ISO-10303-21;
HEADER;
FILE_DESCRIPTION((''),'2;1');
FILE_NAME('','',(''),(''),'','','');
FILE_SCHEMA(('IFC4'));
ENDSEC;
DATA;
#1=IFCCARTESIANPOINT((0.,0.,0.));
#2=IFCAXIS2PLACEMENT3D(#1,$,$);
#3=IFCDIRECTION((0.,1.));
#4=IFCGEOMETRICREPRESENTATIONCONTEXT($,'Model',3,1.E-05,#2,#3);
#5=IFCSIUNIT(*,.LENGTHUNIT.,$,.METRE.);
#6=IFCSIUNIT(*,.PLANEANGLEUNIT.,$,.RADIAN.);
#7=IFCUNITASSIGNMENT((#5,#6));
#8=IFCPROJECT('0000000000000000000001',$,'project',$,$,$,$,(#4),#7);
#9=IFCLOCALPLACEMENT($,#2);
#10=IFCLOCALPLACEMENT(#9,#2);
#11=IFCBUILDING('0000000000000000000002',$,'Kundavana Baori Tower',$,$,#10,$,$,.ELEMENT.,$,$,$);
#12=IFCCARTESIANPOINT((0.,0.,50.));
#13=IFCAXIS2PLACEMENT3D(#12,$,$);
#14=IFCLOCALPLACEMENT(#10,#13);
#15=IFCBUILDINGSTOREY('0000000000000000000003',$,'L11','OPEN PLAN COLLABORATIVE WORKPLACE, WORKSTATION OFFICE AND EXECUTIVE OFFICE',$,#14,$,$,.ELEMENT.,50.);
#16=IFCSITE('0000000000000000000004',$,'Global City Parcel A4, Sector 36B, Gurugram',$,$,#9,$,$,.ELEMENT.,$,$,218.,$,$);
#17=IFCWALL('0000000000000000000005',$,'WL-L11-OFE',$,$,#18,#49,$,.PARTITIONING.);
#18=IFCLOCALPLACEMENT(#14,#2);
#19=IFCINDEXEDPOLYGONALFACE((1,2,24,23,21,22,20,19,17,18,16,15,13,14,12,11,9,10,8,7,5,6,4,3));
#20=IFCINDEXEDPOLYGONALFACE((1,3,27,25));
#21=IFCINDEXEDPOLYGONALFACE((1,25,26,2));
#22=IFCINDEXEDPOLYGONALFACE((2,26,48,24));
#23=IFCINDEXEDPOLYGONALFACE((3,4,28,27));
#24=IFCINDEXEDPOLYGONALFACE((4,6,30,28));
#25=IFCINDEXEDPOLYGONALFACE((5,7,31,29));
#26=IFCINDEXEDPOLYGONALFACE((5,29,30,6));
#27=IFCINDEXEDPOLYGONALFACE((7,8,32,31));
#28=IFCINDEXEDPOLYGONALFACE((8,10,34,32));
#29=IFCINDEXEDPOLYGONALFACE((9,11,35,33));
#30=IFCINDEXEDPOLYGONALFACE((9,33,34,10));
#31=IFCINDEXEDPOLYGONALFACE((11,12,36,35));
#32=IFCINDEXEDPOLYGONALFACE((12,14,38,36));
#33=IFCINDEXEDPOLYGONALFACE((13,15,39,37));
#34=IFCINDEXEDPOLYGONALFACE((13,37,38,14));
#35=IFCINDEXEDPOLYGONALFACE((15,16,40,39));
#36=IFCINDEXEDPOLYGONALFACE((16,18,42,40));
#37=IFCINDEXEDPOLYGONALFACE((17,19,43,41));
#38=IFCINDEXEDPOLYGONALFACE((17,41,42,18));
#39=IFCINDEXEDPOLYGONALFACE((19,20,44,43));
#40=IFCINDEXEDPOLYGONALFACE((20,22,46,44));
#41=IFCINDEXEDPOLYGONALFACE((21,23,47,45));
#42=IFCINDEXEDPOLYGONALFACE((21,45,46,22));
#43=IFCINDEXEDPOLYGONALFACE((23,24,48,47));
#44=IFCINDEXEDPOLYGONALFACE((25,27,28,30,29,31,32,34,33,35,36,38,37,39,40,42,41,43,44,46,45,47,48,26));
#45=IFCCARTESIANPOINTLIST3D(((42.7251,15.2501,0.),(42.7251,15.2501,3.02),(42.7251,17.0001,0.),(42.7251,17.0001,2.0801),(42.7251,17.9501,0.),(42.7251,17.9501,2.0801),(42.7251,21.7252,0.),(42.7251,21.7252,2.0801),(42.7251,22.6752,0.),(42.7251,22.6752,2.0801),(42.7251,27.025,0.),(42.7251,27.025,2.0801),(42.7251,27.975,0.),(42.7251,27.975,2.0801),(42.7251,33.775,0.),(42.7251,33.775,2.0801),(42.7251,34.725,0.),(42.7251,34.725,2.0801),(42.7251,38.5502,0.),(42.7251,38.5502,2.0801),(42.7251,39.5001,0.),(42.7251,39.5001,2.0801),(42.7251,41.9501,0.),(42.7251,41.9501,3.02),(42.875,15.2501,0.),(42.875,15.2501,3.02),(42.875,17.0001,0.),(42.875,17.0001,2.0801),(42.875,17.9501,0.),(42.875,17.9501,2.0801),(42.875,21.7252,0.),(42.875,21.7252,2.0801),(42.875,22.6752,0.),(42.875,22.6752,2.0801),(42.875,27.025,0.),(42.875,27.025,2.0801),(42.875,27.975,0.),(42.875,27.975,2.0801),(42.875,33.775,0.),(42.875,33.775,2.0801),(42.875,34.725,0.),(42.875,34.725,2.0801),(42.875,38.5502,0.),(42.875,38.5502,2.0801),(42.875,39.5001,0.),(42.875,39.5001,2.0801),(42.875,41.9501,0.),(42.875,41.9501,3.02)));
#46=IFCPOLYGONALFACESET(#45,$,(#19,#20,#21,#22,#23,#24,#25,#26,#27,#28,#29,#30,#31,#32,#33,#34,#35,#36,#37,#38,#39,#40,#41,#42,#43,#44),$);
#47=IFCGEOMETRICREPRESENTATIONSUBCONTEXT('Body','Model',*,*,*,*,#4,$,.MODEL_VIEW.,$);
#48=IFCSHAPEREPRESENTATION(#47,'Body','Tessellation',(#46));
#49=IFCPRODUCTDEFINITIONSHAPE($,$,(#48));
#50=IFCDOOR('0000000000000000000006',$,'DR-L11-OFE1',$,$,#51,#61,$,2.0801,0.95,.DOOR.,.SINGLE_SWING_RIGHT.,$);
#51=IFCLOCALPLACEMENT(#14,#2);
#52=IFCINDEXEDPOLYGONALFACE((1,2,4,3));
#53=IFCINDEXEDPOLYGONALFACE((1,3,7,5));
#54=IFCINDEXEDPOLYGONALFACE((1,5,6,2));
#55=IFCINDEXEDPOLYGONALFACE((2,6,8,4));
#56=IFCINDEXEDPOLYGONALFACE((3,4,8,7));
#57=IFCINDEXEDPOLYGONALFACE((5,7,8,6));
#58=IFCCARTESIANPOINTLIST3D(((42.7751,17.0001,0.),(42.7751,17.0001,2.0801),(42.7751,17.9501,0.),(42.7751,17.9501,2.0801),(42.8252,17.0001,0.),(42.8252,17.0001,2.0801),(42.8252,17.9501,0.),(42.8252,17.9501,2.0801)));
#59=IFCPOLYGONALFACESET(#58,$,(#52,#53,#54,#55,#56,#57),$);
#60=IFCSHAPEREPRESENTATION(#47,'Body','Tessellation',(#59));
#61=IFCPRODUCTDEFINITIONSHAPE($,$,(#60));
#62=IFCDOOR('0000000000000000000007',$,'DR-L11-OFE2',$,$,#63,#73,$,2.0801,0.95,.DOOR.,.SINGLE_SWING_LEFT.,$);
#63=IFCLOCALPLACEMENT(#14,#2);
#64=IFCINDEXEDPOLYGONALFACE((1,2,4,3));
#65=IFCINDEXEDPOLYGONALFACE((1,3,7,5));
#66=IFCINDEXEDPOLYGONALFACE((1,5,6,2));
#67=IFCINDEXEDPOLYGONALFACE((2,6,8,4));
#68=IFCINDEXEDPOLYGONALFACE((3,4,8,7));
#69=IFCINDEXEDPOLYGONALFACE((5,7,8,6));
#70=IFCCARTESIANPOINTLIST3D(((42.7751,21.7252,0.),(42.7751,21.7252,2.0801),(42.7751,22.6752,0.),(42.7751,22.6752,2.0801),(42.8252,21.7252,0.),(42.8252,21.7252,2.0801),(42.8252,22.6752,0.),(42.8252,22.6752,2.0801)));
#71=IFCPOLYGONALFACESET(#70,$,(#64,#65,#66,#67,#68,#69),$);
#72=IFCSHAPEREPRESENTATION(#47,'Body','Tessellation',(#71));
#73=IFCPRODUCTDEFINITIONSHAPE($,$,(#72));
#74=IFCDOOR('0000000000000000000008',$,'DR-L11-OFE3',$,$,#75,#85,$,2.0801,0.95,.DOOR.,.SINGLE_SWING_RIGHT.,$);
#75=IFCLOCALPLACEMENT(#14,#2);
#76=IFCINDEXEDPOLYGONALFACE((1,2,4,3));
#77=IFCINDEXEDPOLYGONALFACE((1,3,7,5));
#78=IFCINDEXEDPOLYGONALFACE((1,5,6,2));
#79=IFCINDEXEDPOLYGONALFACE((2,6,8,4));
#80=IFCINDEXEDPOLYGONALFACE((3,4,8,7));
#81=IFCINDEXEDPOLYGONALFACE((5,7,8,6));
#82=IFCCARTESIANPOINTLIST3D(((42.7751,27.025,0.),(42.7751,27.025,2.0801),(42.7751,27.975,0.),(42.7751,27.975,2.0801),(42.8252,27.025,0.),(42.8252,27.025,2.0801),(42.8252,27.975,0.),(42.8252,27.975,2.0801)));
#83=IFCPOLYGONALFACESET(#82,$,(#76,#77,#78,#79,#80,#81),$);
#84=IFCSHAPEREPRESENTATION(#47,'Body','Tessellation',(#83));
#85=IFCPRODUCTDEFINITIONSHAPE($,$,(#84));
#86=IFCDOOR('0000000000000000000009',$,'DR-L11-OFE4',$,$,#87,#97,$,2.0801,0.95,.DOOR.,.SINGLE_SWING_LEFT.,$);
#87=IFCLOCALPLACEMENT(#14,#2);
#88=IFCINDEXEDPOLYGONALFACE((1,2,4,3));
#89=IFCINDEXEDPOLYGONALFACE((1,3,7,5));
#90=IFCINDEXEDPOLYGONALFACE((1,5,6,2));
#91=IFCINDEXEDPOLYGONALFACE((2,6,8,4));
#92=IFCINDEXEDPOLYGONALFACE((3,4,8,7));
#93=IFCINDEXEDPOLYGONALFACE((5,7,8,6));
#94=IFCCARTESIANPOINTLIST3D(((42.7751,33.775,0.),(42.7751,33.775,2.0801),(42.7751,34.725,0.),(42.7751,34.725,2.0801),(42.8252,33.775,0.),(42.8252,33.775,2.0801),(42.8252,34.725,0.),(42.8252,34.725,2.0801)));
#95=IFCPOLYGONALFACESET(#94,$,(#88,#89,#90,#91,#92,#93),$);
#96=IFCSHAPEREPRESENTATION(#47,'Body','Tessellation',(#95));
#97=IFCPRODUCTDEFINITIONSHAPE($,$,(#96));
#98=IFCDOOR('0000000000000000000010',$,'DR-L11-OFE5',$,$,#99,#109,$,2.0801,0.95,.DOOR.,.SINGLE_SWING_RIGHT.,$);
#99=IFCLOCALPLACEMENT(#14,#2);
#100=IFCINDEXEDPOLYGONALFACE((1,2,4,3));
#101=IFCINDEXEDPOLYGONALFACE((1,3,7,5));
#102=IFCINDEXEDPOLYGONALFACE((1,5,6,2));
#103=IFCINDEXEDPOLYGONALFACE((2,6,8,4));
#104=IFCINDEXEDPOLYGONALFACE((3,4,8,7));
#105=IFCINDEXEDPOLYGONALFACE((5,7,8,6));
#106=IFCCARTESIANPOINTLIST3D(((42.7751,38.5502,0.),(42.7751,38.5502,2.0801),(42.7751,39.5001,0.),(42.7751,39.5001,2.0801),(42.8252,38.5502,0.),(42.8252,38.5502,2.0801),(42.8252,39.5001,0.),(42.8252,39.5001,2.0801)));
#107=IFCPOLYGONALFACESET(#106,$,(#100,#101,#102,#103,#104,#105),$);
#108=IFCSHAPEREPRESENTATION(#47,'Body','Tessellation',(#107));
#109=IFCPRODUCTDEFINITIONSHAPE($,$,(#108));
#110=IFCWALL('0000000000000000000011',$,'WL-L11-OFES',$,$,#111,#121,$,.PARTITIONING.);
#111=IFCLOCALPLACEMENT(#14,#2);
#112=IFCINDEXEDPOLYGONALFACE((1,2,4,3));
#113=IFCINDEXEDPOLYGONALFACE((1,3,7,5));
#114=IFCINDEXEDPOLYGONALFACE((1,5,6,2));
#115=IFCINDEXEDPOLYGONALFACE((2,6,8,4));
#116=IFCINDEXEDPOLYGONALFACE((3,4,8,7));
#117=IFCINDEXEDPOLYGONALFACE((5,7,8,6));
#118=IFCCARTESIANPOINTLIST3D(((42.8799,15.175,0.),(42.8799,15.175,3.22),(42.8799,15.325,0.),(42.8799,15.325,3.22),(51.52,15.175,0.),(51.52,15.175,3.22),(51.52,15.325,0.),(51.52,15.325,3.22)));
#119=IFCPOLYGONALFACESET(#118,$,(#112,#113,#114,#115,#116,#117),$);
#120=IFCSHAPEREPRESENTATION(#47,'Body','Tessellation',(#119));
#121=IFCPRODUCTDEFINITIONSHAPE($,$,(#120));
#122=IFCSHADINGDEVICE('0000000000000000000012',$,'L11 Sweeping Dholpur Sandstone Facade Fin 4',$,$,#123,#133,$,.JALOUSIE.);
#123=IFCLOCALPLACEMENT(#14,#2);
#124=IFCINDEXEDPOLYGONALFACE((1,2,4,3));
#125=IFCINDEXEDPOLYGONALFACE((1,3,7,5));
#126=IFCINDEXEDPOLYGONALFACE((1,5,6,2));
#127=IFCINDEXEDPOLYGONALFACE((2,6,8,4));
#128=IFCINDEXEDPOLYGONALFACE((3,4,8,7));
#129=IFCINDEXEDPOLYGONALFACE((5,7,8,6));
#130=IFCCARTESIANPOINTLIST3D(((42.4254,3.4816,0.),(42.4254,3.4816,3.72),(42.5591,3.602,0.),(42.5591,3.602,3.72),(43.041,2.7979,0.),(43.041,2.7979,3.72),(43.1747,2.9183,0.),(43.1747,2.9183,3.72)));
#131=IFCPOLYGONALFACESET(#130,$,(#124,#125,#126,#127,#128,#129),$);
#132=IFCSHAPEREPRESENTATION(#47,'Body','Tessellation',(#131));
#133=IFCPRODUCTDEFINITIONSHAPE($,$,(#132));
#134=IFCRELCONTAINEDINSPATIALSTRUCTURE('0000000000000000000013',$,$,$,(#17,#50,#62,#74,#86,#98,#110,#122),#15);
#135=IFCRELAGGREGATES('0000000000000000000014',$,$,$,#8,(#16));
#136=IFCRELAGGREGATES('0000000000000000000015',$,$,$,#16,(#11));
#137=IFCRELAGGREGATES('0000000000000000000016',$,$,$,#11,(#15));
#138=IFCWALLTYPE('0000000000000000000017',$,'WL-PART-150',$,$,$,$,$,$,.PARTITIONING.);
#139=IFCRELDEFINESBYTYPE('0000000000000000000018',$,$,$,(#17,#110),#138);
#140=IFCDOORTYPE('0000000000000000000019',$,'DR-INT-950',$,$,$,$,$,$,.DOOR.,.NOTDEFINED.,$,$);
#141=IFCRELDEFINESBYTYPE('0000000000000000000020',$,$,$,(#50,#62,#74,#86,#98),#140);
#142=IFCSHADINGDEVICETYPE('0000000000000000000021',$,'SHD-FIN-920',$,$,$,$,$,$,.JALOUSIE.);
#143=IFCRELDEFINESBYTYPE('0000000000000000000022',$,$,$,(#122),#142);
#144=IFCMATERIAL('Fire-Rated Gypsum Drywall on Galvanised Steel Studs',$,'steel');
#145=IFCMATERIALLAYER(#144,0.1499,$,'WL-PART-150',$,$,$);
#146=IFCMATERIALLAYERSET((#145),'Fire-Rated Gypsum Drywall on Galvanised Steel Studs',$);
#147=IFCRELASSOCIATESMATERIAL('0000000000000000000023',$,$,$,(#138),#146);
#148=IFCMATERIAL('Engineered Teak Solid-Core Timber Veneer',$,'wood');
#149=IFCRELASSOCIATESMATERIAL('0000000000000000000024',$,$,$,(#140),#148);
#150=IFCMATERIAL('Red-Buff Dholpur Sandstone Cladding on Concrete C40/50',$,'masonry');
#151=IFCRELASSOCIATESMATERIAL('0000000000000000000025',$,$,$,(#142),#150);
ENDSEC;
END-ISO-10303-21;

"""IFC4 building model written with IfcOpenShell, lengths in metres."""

from ifc_helpers import new_model, si_unit, direction, frame, frame_2d, origin, origin_2d, place, context, subcontext, project, spatial, rectangle, extrude, material, layer, layer_set, type_object, element, fill, save


model = new_model("IFC4")

# Units and contexts
model_context = context("Model", 3, precision=1e-05, world=origin(), true_north=direction((0.0, 1.0)))
body_context = subcontext(model_context, "Body", "Model", "MODEL_VIEW")
ifc_project = project(units=[si_unit("LENGTHUNIT", "METRE"), si_unit("PLANEANGLEUNIT", "RADIAN")], contexts=[model_context])

# Site, building, storey
site_placement = place(None, origin())
site = spatial("IfcSite", under=ifc_project, at=site_placement, Name="Global City Parcel A4, Sector 36B, Gurugram", CompositionType="ELEMENT", RefElevation=218.0)
building_placement = place(site_placement, origin())
building = spatial("IfcBuilding", under=site, at=building_placement, Name="Kundavana Baori Tower", CompositionType="ELEMENT")
storey_placement = place(building_placement, frame((0.0, 0.0, 50.0)))
storey = spatial("IfcBuildingStorey", under=building, at=storey_placement, Name="L11", Description="OPEN PLAN COLLABORATIVE WORKPLACE, WORKSTATION OFFICE AND EXECUTIVE OFFICE", CompositionType="ELEMENT", Elevation=50.0)

# Shared definitions
ifc_material_1 = material(Name="Fire-Rated Gypsum Drywall on Galvanised Steel Studs", Category="steel")
ifc_layer_1 = layer(ifc_material_1, 0.1499, Name="WL-PART-150")
ifc_layer_set_1 = layer_set([ifc_layer_1], Name="Fire-Rated Gypsum Drywall on Galvanised Steel Studs")
wall_type_1 = type_object("IfcWallType", Name="WL-PART-150", PredefinedType="PARTITIONING", material=ifc_layer_set_1)

# Wall, openings, doors
wall_1_placement = place(storey_placement, frame((42.8, 15.25, 0.0), z_axis=(0.0, 0.0, 1.0), x_axis=(0.0, 1.0, 0.0)))
wall_1 = element("IfcWall", 1, at=wall_1_placement, inside=storey, type_object=wall_type_1, Name="WL-L11-OFE", PredefinedType="PARTITIONING", context=body_context, shape_type="SweptSolid", body=[
    extrude(rectangle(XDim=26.7, YDim=0.1499, at=frame_2d((13.3501, 0.0))), origin(), (0.0, 0.0, 1.0), 3.02),
])
opening_1_placement = place(wall_1_placement, frame((1.75, 0.0, 0.0)))
opening_1 = element("IfcOpeningElement", 2, at=opening_1_placement, cuts=wall_1, PredefinedType="OPENING", context=body_context, shape_type="SweptSolid", body=[
    extrude(rectangle(XDim=0.95, YDim=2.0801, at=frame_2d((0.4751, 1.04))), frame((0.0, 0.085, 0.0), z_axis=(0.0, -1.0, 0.0), x_axis=(1.0, 0.0, 0.0)), (0.0, 0.0, 1.0), 0.1699),
])
opening_2_placement = place(wall_1_placement, frame((6.4751, 0.0, 0.0)))
opening_2 = element("IfcOpeningElement", 3, at=opening_2_placement, cuts=wall_1, PredefinedType="OPENING", context=body_context, shape_type="SweptSolid", body=[
    extrude(rectangle(XDim=0.95, YDim=2.0801, at=frame_2d((0.4751, 1.04))), frame((0.0, 0.085, 0.0), z_axis=(0.0, -1.0, 0.0), x_axis=(1.0, 0.0, 0.0)), (0.0, 0.0, 1.0), 0.1699),
])
opening_3_placement = place(wall_1_placement, frame((11.7749, 0.0, 0.0)))
opening_3 = element("IfcOpeningElement", 4, at=opening_3_placement, cuts=wall_1, PredefinedType="OPENING", context=body_context, shape_type="SweptSolid", body=[
    extrude(rectangle(XDim=0.95, YDim=2.0801, at=frame_2d((0.4751, 1.04))), frame((0.0, 0.085, 0.0), z_axis=(0.0, -1.0, 0.0), x_axis=(1.0, 0.0, 0.0)), (0.0, 0.0, 1.0), 0.1699),
])
opening_4_placement = place(wall_1_placement, frame((18.5249, 0.0, 0.0)))
opening_4 = element("IfcOpeningElement", 5, at=opening_4_placement, cuts=wall_1, PredefinedType="OPENING", context=body_context, shape_type="SweptSolid", body=[
    extrude(rectangle(XDim=0.95, YDim=2.0801, at=frame_2d((0.4751, 1.04))), frame((0.0, 0.085, 0.0), z_axis=(0.0, -1.0, 0.0), x_axis=(1.0, 0.0, 0.0)), (0.0, 0.0, 1.0), 0.1699),
])
opening_5_placement = place(wall_1_placement, frame((23.3, 0.0, 0.0)))
opening_5 = element("IfcOpeningElement", 6, at=opening_5_placement, cuts=wall_1, PredefinedType="OPENING", context=body_context, shape_type="SweptSolid", body=[
    extrude(rectangle(XDim=0.95, YDim=2.0801, at=frame_2d((0.4751, 1.04))), frame((0.0, 0.085, 0.0), z_axis=(0.0, -1.0, 0.0), x_axis=(1.0, 0.0, 0.0)), (0.0, 0.0, 1.0), 0.1699),
])
ifc_material_2 = material(Name="Engineered Teak Solid-Core Timber Veneer", Category="wood")
door_type_1 = type_object("IfcDoorType", Name="DR-INT-950", OperationType="NOTDEFINED", PredefinedType="DOOR", material=ifc_material_2)
door_1_placement = place(opening_1_placement, origin())
door_1 = element("IfcDoor", 7, at=door_1_placement, inside=storey, type_object=door_type_1, Name="DR-L11-OFE1", OperationType="SINGLE_SWING_RIGHT", OverallHeight=2.0801, OverallWidth=0.95, PredefinedType="DOOR", context=body_context, shape_type="SweptSolid", body=[
    extrude(rectangle(XDim=0.95, YDim=2.0801, at=frame_2d((0.4751, 1.04))), frame((0.0, 0.0249, 0.0), z_axis=(0.0, -1.0, 0.0), x_axis=(1.0, 0.0, 0.0)), (0.0, 0.0, 1.0), 0.05),
])
fill(opening_1, door_1)
door_2_placement = place(opening_2_placement, origin())
door_2 = element("IfcDoor", 8, at=door_2_placement, inside=storey, type_object=door_type_1, Name="DR-L11-OFE2", OperationType="SINGLE_SWING_LEFT", OverallHeight=2.0801, OverallWidth=0.95, PredefinedType="DOOR", context=body_context, shape_type="SweptSolid", body=[
    extrude(rectangle(XDim=0.95, YDim=2.0801, at=frame_2d((0.4751, 1.04))), frame((0.0, 0.0249, 0.0), z_axis=(0.0, -1.0, 0.0), x_axis=(1.0, 0.0, 0.0)), (0.0, 0.0, 1.0), 0.05),
])
fill(opening_2, door_2)
door_3_placement = place(opening_3_placement, origin())
door_3 = element("IfcDoor", 9, at=door_3_placement, inside=storey, type_object=door_type_1, Name="DR-L11-OFE3", OperationType="SINGLE_SWING_RIGHT", OverallHeight=2.0801, OverallWidth=0.95, PredefinedType="DOOR", context=body_context, shape_type="SweptSolid", body=[
    extrude(rectangle(XDim=0.95, YDim=2.0801, at=frame_2d((0.4751, 1.04))), frame((0.0, 0.0249, 0.0), z_axis=(0.0, -1.0, 0.0), x_axis=(1.0, 0.0, 0.0)), (0.0, 0.0, 1.0), 0.05),
])
fill(opening_3, door_3)
door_4_placement = place(opening_4_placement, origin())
door_4 = element("IfcDoor", 10, at=door_4_placement, inside=storey, type_object=door_type_1, Name="DR-L11-OFE4", OperationType="SINGLE_SWING_LEFT", OverallHeight=2.0801, OverallWidth=0.95, PredefinedType="DOOR", context=body_context, shape_type="SweptSolid", body=[
    extrude(rectangle(XDim=0.95, YDim=2.0801, at=frame_2d((0.4751, 1.04))), frame((0.0, 0.0249, 0.0), z_axis=(0.0, -1.0, 0.0), x_axis=(1.0, 0.0, 0.0)), (0.0, 0.0, 1.0), 0.05),
])
fill(opening_4, door_4)
door_5_placement = place(opening_5_placement, origin())
door_5 = element("IfcDoor", 11, at=door_5_placement, inside=storey, type_object=door_type_1, Name="DR-L11-OFE5", OperationType="SINGLE_SWING_RIGHT", OverallHeight=2.0801, OverallWidth=0.95, PredefinedType="DOOR", context=body_context, shape_type="SweptSolid", body=[
    extrude(rectangle(XDim=0.95, YDim=2.0801, at=frame_2d((0.4751, 1.04))), frame((0.0, 0.0249, 0.0), z_axis=(0.0, -1.0, 0.0), x_axis=(1.0, 0.0, 0.0)), (0.0, 0.0, 1.0), 0.05),
])
fill(opening_5, door_5)

# Wall
wall_2_placement = place(storey_placement, frame((42.8799, 15.25, 0.0), z_axis=(0.0, 0.0, 1.0), x_axis=(1.0, 0.0, 0.0)))
element("IfcWall", 12, at=wall_2_placement, inside=storey, type_object=wall_type_1, Name="WL-L11-OFES", PredefinedType="PARTITIONING", context=body_context, shape_type="SweptSolid", body=[
    extrude(rectangle(XDim=8.6401, YDim=0.1499, at=frame_2d((4.3201, 0.0))), origin(), (0.0, 0.0, 1.0), 3.22),
])

# Shading device
ifc_material_3 = material(Name="Red-Buff Dholpur Sandstone Cladding on Concrete C40/50", Category="masonry")
shading_device_type = type_object("IfcShadingDeviceType", Name="SHD-FIN-920", PredefinedType="JALOUSIE", material=ifc_material_3)
shading_device_placement = place(storey_placement, frame((42.8, 3.2, 0.0), z_axis=(0.0, 0.0, 1.0), x_axis=(0.743145, 0.669131, 0.0)))
element("IfcShadingDevice", 13, at=shading_device_placement, inside=storey, type_object=shading_device_type, Name="L11 Sweeping Dholpur Sandstone Facade Fin 4", PredefinedType="JALOUSIE", context=body_context, shape_type="SweptSolid", body=[
    extrude(rectangle(XDim=0.1799, YDim=0.9199, at=origin_2d()), origin(), (0.0, 0.0, 1.0), 3.72),
])

save(model, "model.ifc")
